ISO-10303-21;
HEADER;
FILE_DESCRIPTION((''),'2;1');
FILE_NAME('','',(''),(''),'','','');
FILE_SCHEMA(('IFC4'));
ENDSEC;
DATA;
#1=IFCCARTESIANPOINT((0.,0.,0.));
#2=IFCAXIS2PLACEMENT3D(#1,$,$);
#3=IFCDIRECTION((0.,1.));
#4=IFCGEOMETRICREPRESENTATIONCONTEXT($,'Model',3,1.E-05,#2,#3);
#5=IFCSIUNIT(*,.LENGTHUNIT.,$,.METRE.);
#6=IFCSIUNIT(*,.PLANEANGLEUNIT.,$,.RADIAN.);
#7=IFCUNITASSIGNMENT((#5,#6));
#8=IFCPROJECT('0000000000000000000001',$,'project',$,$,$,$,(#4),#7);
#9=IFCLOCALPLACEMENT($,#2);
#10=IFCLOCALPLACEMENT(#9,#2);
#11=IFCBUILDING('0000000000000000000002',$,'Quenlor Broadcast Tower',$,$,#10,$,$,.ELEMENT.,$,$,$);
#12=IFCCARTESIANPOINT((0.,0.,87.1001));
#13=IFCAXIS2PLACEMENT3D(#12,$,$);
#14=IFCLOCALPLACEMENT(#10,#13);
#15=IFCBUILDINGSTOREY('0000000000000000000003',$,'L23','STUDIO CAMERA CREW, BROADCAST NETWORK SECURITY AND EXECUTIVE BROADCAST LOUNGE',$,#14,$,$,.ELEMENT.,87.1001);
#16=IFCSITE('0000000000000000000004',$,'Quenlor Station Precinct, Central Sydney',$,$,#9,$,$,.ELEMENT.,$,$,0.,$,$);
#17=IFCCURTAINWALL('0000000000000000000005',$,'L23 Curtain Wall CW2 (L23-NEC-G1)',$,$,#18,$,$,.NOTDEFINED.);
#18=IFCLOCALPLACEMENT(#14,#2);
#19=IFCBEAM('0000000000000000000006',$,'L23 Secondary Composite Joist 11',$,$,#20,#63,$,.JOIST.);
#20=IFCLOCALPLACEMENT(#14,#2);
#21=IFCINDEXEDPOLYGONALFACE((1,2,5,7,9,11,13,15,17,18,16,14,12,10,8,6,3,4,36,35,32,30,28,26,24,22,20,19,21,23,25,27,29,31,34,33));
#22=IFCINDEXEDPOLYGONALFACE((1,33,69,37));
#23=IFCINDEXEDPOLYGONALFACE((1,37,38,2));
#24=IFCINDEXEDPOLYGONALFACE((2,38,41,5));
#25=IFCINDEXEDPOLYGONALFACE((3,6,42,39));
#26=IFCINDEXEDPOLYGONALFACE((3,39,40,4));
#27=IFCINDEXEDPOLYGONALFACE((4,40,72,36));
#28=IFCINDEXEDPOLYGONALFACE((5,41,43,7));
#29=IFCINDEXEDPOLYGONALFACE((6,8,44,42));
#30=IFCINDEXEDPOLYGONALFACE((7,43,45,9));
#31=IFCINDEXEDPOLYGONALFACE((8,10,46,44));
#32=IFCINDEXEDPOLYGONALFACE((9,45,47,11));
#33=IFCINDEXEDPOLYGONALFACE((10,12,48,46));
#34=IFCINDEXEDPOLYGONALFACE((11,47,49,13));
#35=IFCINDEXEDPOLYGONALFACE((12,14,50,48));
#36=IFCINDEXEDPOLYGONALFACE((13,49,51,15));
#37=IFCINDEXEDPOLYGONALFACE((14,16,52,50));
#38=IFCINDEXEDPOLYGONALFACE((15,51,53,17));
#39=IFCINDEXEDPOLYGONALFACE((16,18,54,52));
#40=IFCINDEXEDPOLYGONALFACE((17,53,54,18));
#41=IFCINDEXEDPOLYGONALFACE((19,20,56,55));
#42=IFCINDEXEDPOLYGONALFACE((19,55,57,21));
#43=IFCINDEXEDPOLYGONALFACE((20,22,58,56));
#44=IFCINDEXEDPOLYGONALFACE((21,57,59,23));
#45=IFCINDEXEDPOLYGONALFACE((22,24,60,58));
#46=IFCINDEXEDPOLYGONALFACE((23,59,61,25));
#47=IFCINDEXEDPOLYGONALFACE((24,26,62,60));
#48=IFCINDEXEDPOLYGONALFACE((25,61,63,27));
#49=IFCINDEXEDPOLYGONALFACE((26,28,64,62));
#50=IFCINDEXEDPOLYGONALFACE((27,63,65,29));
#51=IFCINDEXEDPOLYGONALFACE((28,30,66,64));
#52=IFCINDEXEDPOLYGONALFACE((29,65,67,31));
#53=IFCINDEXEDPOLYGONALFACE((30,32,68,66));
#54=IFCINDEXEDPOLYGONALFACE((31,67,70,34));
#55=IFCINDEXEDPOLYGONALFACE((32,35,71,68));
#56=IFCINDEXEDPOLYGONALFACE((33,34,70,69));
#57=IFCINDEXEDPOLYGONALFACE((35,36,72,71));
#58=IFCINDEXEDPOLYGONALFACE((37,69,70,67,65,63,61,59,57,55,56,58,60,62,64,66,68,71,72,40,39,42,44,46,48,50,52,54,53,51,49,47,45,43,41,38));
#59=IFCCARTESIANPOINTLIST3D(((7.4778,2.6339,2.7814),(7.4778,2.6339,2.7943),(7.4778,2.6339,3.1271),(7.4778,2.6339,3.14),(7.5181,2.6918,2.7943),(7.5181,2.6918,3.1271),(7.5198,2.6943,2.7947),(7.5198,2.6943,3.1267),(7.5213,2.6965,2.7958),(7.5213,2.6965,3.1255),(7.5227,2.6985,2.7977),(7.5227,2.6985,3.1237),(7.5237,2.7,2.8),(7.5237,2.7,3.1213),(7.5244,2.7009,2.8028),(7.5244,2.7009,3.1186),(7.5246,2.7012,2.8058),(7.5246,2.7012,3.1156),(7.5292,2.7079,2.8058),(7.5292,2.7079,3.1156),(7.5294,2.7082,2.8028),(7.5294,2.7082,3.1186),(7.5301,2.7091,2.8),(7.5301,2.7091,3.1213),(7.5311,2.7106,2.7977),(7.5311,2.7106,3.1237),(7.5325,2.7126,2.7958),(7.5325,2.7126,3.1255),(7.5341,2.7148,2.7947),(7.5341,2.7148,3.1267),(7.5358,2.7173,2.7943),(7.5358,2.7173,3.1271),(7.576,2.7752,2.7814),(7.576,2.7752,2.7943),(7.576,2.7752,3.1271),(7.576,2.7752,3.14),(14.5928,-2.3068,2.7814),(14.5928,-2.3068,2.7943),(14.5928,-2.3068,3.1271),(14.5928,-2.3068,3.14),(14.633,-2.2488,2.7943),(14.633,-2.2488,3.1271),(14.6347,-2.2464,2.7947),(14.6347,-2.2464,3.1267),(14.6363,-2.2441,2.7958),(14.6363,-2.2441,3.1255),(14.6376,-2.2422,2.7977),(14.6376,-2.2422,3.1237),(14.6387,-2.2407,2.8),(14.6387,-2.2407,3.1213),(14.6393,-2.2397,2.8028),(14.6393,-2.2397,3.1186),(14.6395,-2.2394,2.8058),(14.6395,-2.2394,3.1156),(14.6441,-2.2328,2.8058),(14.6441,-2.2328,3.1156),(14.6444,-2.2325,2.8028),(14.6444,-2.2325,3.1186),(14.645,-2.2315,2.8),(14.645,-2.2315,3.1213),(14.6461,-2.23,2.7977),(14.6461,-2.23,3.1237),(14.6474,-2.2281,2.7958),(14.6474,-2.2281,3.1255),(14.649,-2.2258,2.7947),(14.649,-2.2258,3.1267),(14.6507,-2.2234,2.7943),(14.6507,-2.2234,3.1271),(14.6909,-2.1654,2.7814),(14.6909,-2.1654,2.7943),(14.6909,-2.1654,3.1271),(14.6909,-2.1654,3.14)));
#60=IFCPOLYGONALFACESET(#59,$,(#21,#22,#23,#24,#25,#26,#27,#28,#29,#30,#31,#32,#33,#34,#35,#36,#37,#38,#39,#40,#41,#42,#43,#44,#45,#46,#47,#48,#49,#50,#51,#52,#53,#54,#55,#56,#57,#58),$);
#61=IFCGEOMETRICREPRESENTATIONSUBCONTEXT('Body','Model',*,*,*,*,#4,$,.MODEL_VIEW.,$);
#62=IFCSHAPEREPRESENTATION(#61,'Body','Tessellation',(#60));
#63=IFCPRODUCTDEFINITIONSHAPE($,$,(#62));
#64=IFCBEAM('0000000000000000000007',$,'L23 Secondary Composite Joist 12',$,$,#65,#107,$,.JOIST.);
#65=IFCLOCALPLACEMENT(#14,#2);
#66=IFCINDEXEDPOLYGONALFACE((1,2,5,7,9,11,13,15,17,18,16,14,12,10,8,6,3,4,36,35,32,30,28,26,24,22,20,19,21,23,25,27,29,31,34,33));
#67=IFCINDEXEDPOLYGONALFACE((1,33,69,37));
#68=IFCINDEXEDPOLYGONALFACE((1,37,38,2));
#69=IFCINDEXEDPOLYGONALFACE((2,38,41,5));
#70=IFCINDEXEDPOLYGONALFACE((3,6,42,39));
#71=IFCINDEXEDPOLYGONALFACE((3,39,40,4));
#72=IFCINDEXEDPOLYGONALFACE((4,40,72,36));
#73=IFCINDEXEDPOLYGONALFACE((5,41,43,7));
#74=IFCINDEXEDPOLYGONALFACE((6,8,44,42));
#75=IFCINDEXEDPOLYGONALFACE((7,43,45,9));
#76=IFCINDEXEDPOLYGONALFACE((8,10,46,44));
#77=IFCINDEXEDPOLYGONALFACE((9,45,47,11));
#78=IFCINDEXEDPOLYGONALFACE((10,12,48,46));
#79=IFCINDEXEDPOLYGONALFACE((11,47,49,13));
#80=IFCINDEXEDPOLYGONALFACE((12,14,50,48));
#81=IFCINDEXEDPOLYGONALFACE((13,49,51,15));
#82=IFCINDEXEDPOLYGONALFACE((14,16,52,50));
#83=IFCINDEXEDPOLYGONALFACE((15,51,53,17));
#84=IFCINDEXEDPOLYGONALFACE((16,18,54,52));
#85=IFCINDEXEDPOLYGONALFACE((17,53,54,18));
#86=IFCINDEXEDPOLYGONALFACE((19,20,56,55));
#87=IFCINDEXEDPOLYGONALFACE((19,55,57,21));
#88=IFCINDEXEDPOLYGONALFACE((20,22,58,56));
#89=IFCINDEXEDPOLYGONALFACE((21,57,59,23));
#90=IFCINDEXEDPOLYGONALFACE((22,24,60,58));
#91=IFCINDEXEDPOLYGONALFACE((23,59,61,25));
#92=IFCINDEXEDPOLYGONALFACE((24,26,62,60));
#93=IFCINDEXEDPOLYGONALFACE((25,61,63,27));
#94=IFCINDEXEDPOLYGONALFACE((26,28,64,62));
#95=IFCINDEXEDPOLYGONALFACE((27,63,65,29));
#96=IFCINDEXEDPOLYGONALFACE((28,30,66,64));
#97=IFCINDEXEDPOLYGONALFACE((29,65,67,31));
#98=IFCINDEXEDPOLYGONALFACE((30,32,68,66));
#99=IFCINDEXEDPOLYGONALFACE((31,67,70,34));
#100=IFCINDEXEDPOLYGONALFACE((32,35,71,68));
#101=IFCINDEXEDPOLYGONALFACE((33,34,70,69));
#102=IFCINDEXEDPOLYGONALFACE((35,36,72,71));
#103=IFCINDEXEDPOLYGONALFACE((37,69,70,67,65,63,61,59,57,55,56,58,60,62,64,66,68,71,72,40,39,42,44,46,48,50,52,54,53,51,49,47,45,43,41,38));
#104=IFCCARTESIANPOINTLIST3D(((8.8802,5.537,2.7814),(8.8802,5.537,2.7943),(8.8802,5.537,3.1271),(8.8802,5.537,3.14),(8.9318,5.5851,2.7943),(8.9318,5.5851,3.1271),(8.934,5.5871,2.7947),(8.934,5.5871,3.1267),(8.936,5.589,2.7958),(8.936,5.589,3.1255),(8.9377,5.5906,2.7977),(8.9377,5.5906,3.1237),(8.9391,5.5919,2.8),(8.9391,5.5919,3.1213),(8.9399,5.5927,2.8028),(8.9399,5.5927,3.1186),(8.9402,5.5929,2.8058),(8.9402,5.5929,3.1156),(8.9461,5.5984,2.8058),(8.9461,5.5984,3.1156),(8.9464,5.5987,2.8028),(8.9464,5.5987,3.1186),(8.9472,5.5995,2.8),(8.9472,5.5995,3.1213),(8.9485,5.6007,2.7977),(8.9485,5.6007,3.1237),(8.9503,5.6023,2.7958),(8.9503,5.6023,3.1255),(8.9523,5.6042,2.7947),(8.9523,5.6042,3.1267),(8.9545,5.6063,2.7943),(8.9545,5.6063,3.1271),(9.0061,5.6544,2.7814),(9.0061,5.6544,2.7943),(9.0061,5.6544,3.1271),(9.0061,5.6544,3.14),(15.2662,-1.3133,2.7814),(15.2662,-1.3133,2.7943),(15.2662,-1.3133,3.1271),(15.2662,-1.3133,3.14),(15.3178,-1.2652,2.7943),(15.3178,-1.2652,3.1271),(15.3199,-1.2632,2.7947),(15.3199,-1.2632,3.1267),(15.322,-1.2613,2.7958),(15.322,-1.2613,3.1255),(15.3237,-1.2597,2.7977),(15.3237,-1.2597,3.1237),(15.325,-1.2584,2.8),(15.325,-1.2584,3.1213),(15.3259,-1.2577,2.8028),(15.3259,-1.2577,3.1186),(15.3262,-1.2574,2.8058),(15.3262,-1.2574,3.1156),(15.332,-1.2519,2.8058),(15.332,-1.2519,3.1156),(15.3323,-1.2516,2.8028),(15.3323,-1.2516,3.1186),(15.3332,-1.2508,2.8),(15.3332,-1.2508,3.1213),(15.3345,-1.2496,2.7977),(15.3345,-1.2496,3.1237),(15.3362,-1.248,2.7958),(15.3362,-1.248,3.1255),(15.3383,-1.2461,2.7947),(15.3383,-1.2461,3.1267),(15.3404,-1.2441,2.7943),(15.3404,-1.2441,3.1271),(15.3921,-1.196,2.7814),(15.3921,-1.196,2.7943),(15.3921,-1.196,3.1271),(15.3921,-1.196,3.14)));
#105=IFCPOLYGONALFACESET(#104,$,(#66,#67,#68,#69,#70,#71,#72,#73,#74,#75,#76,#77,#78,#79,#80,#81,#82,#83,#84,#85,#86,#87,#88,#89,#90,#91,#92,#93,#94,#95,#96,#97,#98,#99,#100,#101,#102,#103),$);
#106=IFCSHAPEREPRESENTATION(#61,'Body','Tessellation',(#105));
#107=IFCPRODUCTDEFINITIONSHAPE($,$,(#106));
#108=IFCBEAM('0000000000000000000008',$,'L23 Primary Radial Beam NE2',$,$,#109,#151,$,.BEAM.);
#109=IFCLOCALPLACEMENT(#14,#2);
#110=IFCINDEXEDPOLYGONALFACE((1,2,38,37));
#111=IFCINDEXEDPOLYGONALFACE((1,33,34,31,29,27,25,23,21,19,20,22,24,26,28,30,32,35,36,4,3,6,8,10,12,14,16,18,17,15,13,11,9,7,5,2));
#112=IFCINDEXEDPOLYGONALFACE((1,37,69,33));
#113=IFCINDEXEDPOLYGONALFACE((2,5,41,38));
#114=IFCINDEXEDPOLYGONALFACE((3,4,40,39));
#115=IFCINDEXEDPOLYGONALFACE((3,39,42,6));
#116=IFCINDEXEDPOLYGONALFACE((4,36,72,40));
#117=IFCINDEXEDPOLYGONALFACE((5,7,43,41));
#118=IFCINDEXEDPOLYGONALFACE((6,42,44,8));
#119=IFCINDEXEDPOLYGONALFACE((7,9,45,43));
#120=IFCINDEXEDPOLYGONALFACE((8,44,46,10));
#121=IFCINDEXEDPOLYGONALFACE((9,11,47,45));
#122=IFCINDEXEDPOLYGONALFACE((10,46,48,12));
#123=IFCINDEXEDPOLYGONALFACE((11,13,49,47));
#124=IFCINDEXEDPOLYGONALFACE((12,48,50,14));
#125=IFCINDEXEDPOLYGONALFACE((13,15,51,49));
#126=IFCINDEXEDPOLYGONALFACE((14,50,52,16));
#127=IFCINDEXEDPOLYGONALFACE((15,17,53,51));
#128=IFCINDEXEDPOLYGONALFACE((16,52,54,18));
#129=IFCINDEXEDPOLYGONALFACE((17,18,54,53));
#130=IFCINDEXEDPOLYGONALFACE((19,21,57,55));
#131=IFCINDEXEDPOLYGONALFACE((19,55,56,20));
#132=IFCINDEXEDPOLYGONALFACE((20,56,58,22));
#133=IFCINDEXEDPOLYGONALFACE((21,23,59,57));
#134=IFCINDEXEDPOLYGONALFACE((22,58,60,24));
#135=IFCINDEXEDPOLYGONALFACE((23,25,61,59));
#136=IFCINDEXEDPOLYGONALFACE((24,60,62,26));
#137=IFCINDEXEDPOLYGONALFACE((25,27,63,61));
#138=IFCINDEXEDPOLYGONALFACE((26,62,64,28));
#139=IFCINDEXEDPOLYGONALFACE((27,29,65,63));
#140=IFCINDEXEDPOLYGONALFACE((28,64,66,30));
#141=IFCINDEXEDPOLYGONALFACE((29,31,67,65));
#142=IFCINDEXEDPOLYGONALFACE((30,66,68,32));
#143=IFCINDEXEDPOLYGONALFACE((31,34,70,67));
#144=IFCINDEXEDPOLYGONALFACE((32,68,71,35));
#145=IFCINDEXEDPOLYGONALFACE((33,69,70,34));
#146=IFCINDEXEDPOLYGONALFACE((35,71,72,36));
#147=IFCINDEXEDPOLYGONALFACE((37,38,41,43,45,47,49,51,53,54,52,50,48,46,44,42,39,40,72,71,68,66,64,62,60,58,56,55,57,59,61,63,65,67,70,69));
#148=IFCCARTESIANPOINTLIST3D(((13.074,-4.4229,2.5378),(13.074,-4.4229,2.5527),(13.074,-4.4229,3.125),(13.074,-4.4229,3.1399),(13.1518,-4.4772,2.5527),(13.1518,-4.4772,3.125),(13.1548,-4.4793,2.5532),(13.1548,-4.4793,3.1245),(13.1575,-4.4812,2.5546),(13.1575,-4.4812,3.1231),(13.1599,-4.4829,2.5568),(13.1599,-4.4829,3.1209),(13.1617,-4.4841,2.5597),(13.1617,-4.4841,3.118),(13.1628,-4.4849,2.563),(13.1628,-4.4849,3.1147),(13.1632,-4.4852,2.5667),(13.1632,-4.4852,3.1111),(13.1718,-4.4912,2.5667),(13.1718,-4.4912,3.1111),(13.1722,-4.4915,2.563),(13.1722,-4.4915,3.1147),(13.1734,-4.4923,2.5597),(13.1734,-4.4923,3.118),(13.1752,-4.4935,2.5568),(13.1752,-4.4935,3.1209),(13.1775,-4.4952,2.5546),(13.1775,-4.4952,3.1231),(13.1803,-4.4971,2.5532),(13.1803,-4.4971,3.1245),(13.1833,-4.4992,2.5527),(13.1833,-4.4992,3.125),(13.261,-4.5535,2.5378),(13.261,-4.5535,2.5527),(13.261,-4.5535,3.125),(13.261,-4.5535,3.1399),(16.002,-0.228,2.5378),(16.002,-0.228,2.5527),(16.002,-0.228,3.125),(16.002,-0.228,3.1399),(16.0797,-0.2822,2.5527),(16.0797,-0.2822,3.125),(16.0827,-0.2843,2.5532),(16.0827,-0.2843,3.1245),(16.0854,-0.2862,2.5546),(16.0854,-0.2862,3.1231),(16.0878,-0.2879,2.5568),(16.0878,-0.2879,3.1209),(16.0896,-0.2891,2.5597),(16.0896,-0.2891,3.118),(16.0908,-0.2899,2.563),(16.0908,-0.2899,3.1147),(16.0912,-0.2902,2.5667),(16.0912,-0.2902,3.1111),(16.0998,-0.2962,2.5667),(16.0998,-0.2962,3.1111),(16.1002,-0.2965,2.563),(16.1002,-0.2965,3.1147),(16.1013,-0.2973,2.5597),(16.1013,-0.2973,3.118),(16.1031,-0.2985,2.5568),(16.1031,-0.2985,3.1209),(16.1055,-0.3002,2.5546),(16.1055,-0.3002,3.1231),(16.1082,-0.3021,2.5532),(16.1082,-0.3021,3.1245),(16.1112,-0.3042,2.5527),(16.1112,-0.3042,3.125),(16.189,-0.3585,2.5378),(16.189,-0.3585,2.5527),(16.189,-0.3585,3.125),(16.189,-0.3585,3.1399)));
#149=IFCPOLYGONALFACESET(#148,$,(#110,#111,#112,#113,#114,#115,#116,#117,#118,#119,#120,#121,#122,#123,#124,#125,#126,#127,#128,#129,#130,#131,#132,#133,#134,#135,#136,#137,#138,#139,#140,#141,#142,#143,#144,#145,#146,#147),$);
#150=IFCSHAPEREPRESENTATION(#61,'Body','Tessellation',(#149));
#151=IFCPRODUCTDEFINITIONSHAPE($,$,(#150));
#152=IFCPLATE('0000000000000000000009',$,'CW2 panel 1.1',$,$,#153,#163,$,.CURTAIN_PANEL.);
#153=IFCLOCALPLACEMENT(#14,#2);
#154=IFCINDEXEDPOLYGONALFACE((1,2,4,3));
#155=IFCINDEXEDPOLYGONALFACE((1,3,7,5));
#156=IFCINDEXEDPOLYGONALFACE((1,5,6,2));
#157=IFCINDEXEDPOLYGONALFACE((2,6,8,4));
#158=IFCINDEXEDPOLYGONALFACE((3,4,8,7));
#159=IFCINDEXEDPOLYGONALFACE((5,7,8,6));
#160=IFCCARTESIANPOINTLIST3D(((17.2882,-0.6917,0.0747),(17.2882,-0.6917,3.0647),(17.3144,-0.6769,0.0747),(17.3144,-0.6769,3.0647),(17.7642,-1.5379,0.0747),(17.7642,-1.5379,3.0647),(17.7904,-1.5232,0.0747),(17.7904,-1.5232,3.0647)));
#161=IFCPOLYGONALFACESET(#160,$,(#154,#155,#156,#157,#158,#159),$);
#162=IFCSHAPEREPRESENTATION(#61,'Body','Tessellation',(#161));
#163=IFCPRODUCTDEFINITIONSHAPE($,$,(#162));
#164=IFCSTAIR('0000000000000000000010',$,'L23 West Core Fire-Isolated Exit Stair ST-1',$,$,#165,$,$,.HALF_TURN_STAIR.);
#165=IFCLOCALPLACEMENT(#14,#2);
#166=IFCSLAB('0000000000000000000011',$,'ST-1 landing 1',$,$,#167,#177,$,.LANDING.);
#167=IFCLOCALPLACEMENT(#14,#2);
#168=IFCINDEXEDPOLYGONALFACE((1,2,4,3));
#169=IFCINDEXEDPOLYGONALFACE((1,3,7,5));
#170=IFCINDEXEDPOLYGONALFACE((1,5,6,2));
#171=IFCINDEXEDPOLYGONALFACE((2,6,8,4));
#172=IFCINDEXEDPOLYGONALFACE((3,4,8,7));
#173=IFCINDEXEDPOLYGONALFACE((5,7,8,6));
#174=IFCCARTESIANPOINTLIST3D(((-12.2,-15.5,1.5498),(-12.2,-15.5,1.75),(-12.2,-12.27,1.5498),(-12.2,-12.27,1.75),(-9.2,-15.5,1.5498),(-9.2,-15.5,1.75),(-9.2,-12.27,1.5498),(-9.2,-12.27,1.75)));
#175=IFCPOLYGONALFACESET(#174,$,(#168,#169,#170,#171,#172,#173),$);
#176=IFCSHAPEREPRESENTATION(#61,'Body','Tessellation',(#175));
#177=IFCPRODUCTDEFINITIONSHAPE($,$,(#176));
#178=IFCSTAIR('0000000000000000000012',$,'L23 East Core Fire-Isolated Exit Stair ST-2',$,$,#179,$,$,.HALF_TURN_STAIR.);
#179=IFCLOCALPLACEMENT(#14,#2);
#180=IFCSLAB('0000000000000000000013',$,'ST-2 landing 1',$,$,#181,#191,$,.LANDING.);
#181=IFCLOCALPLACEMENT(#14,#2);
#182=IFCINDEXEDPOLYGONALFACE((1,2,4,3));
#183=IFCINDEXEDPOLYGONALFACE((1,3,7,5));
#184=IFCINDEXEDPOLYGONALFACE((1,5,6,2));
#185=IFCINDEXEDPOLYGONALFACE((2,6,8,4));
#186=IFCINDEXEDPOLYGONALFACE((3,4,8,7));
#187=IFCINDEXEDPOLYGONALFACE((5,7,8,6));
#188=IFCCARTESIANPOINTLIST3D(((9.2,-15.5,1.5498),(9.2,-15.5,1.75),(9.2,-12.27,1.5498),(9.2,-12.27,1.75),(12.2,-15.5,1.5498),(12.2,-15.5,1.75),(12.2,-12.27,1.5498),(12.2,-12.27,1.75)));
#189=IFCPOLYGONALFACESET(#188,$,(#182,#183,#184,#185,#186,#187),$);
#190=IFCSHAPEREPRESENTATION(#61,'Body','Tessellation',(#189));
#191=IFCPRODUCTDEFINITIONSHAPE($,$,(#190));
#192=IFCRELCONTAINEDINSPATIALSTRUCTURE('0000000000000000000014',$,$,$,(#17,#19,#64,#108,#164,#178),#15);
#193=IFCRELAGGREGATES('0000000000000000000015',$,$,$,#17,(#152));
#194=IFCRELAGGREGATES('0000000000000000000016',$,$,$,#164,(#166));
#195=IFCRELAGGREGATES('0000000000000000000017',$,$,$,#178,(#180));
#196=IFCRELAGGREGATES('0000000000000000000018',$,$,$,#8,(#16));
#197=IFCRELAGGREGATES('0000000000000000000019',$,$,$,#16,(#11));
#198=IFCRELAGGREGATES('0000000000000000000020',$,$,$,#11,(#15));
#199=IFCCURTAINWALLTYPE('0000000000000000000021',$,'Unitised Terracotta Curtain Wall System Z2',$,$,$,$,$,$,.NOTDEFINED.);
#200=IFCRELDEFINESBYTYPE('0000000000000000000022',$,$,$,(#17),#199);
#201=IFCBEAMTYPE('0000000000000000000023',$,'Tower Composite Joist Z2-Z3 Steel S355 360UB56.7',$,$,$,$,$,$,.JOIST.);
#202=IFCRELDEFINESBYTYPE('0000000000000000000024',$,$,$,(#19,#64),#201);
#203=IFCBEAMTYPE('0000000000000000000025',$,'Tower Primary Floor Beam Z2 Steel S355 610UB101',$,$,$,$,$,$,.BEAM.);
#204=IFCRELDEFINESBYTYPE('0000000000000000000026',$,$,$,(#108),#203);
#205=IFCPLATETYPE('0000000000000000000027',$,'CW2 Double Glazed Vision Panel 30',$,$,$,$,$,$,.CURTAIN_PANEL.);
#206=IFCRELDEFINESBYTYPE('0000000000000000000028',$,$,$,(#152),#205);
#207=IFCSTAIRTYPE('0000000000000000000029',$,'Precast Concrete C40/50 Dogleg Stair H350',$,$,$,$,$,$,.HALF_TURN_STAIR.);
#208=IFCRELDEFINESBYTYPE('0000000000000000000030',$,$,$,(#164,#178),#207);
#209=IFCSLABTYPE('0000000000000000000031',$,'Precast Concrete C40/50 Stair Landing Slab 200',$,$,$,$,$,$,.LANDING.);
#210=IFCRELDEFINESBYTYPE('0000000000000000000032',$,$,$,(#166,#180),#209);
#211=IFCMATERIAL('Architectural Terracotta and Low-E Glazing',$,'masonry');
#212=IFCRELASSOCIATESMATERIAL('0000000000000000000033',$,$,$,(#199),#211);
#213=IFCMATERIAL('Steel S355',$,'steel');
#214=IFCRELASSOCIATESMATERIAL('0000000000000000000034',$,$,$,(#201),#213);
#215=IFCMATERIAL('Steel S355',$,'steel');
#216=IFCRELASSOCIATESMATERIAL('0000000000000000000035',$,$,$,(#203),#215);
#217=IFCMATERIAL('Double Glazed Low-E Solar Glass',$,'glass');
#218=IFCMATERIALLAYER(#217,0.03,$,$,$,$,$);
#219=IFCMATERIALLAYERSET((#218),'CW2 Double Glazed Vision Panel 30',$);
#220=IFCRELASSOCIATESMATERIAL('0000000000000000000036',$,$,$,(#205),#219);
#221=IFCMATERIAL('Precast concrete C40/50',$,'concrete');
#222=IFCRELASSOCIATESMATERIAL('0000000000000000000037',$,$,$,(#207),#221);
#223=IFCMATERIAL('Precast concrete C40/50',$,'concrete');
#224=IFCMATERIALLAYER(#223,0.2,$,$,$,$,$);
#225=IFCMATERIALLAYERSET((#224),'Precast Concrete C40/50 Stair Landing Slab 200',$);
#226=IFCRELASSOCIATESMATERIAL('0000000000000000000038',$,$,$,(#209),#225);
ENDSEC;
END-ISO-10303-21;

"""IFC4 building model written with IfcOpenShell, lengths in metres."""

from ifc_helpers import new_model, si_unit, direction, frame, origin, origin_2d, place, context, subcontext, project, spatial, polyline, rectangle, i_section, outline, extrude, material, layer, layer_set, material_profile, profile_set, type_object, element, aggregate, save


model = new_model("IFC4")

# Units and contexts
model_context = context("Model", 3, precision=1e-05, world=origin(), true_north=direction((0.0, 1.0)))
body_context = subcontext(model_context, "Body", "Model", "MODEL_VIEW")
ifc_project = project(units=[si_unit("LENGTHUNIT", "METRE"), si_unit("PLANEANGLEUNIT", "RADIAN")], contexts=[model_context])

# Site, building, storey
site_placement = place(None, origin())
site = spatial("IfcSite", under=ifc_project, at=site_placement, Name="Quenlor Station Precinct, Central Sydney", CompositionType="ELEMENT", RefElevation=0.0)
building_placement = place(site_placement, origin())
building = spatial("IfcBuilding", under=site, at=building_placement, Name="Quenlor Broadcast Tower", CompositionType="ELEMENT")
storey_placement = place(building_placement, frame((0.0, 0.0, 87.1001)))
storey = spatial("IfcBuildingStorey", under=building, at=storey_placement, Name="L23", Description="STUDIO CAMERA CREW, BROADCAST NETWORK SECURITY AND EXECUTIVE BROADCAST LOUNGE", CompositionType="ELEMENT", Elevation=87.1001)

# Curtain wall
ifc_material_1 = material(Name="Architectural Terracotta and Low-E Glazing", Category="masonry")
curtain_wall_type = type_object("IfcCurtainWallType", Name="Unitised Terracotta Curtain Wall System Z2", PredefinedType="NOTDEFINED", material=ifc_material_1)
curtain_wall_placement = place(storey_placement, origin())
curtain_wall = element("IfcCurtainWall", 1, at=curtain_wall_placement, inside=storey, type_object=curtain_wall_type, Name="L23 Curtain Wall CW2 (L23-NEC-G1)", PredefinedType="NOTDEFINED")

# Beams
ifc_material_2 = material(Name="Steel S355", Category="steel")
ifc_material_profile_1 = material_profile(ifc_material_2, i_section(OverallWidth=0.1721, OverallDepth=0.3586, WebThickness=0.0081, FlangeThickness=0.0129, FilletRadius=0.0115, at=origin_2d()))
ifc_profile_set_1 = profile_set([ifc_material_profile_1], Name="Steel S355 360UB56.7")
beam_type_1 = type_object("IfcBeamType", Name="Tower Composite Joist Z2-Z3 Steel S355 360UB56.7", PredefinedType="JOIST", material=ifc_profile_set_1)
beam_1_placement = place(storey_placement, frame((14.6418, -2.2361, 2.9607), z_axis=(-0.821386, 0.570373, 0.0), x_axis=(-0.570373, -0.821386, 0.0)))
element("IfcBeam", 2, at=beam_1_placement, inside=storey, type_object=beam_type_1, Name="L23 Secondary Composite Joist 11", PredefinedType="JOIST", context=body_context, shape_type="SweptSolid", body=[
    extrude(i_section(OverallWidth=0.1721, OverallDepth=0.3586, WebThickness=0.0081, FlangeThickness=0.0129, FilletRadius=0.0115, at=origin_2d()), origin(), (0.0, 0.0, 1.0), 8.6621),
])
beam_2_placement = place(storey_placement, frame((15.3291, -1.2546, 2.9607), z_axis=(-0.681881, 0.731463, 0.0), x_axis=(-0.731463, -0.681881, 0.0)))
element("IfcBeam", 3, at=beam_2_placement, inside=storey, type_object=beam_type_1, Name="L23 Secondary Composite Joist 12", PredefinedType="JOIST", context=body_context, shape_type="SweptSolid", body=[
    extrude(i_section(OverallWidth=0.1721, OverallDepth=0.3586, WebThickness=0.0081, FlangeThickness=0.0129, FilletRadius=0.0115, at=origin_2d()), origin(), (0.0, 0.0, 1.0), 9.3652),
])
ifc_material_3 = material(Name="Steel S355", Category="steel")
ifc_material_profile_2 = material_profile(ifc_material_3, i_section(OverallWidth=0.228, OverallDepth=0.6021, WebThickness=0.0105, FlangeThickness=0.0149, FilletRadius=0.0139, at=origin_2d()))
ifc_profile_set_2 = profile_set([ifc_material_profile_2], Name="Steel S355 610UB101")
beam_type_2 = type_object("IfcBeamType", Name="Tower Primary Floor Beam Z2 Steel S355 610UB101", PredefinedType="BEAM", material=ifc_profile_set_2)
beam_3_placement = place(storey_placement, frame((16.0955, -0.2932, 2.8389), z_axis=(-0.572338, -0.820018, 0.0), x_axis=(0.820018, -0.572338, 0.0)))
element("IfcBeam", 4, at=beam_3_placement, inside=storey, type_object=beam_type_2, Name="L23 Primary Radial Beam NE2", PredefinedType="BEAM", context=body_context, shape_type="SweptSolid", body=[
    extrude(i_section(OverallWidth=0.228, OverallDepth=0.6021, WebThickness=0.0105, FlangeThickness=0.0149, FilletRadius=0.0139, at=origin_2d()), origin(), (0.0, 0.0, 1.0), 5.1157),
])

# Plate
ifc_material_4 = material(Name="Double Glazed Low-E Solar Glass", Category="glass")
ifc_layer_1 = layer(ifc_material_4, 0.03)
ifc_layer_set_1 = layer_set([ifc_layer_1], Name="CW2 Double Glazed Vision Panel 30")
plate_type_1 = type_object("IfcPlateType", Name="CW2 Double Glazed Vision Panel 30", PredefinedType="CURTAIN_PANEL", material=ifc_layer_set_1)
plate_placement = place(storey_placement, frame((17.5393, -1.1074, 0.0747), z_axis=(0.0, 0.0, 1.0), x_axis=(0.490249, -0.871583, 0.0)))
plate = element("IfcPlate", 5, at=plate_placement, type_object=plate_type_1, Name="CW2 panel 1.1", PredefinedType="CURTAIN_PANEL", context=body_context, shape_type="SweptSolid", body=[
    extrude(rectangle(XDim=0.9709, YDim=0.03, at=origin_2d()), origin(), (0.0, 0.0, 1.0), 2.99),
])
aggregate(curtain_wall, [plate])

# Stairs, slabs
ifc_material_5 = material(Name="Precast concrete C40/50", Category="concrete")
stair_type = type_object("IfcStairType", Name="Precast Concrete C40/50 Dogleg Stair H350", PredefinedType="HALF_TURN_STAIR", material=ifc_material_5)
stair_1_placement = place(storey_placement, origin())
stair_1 = element("IfcStair", 6, at=stair_1_placement, inside=storey, type_object=stair_type, Name="L23 West Core Fire-Isolated Exit Stair ST-1", PredefinedType="HALF_TURN_STAIR")
ifc_material_6 = material(Name="Precast concrete C40/50", Category="concrete")
ifc_layer_2 = layer(ifc_material_6, 0.2)
ifc_layer_set_2 = layer_set([ifc_layer_2], Name="Precast Concrete C40/50 Stair Landing Slab 200")
slab_type = type_object("IfcSlabType", Name="Precast Concrete C40/50 Stair Landing Slab 200", PredefinedType="LANDING", material=ifc_layer_set_2)
slab_1_placement = place(storey_placement, frame((0.0, 0.0, 1.5498)))
slab_1 = element("IfcSlab", 7, at=slab_1_placement, type_object=slab_type, Name="ST-1 landing 1", PredefinedType="LANDING", context=body_context, shape_type="SweptSolid", body=[
    extrude(outline(polyline([(-12.2, -12.27), (-12.2, -15.5), (-9.2, -15.5), (-9.2, -12.27), (-12.2, -12.27)])), origin(), (0.0, 0.0, 1.0), 0.2002),
])
aggregate(stair_1, [slab_1])
stair_2_placement = place(storey_placement, origin())
stair_2 = element("IfcStair", 8, at=stair_2_placement, inside=storey, type_object=stair_type, Name="L23 East Core Fire-Isolated Exit Stair ST-2", PredefinedType="HALF_TURN_STAIR")
slab_2_placement = place(storey_placement, frame((0.0, 0.0, 1.5498)))
slab_2 = element("IfcSlab", 9, at=slab_2_placement, type_object=slab_type, Name="ST-2 landing 1", PredefinedType="LANDING", context=body_context, shape_type="SweptSolid", body=[
    extrude(outline(polyline([(9.2, -12.27), (9.2, -15.5), (12.2, -15.5), (12.2, -12.27), (9.2, -12.27)])), origin(), (0.0, 0.0, 1.0), 0.2002),
])
aggregate(stair_2, [slab_2])

save(model, "model.ifc")
